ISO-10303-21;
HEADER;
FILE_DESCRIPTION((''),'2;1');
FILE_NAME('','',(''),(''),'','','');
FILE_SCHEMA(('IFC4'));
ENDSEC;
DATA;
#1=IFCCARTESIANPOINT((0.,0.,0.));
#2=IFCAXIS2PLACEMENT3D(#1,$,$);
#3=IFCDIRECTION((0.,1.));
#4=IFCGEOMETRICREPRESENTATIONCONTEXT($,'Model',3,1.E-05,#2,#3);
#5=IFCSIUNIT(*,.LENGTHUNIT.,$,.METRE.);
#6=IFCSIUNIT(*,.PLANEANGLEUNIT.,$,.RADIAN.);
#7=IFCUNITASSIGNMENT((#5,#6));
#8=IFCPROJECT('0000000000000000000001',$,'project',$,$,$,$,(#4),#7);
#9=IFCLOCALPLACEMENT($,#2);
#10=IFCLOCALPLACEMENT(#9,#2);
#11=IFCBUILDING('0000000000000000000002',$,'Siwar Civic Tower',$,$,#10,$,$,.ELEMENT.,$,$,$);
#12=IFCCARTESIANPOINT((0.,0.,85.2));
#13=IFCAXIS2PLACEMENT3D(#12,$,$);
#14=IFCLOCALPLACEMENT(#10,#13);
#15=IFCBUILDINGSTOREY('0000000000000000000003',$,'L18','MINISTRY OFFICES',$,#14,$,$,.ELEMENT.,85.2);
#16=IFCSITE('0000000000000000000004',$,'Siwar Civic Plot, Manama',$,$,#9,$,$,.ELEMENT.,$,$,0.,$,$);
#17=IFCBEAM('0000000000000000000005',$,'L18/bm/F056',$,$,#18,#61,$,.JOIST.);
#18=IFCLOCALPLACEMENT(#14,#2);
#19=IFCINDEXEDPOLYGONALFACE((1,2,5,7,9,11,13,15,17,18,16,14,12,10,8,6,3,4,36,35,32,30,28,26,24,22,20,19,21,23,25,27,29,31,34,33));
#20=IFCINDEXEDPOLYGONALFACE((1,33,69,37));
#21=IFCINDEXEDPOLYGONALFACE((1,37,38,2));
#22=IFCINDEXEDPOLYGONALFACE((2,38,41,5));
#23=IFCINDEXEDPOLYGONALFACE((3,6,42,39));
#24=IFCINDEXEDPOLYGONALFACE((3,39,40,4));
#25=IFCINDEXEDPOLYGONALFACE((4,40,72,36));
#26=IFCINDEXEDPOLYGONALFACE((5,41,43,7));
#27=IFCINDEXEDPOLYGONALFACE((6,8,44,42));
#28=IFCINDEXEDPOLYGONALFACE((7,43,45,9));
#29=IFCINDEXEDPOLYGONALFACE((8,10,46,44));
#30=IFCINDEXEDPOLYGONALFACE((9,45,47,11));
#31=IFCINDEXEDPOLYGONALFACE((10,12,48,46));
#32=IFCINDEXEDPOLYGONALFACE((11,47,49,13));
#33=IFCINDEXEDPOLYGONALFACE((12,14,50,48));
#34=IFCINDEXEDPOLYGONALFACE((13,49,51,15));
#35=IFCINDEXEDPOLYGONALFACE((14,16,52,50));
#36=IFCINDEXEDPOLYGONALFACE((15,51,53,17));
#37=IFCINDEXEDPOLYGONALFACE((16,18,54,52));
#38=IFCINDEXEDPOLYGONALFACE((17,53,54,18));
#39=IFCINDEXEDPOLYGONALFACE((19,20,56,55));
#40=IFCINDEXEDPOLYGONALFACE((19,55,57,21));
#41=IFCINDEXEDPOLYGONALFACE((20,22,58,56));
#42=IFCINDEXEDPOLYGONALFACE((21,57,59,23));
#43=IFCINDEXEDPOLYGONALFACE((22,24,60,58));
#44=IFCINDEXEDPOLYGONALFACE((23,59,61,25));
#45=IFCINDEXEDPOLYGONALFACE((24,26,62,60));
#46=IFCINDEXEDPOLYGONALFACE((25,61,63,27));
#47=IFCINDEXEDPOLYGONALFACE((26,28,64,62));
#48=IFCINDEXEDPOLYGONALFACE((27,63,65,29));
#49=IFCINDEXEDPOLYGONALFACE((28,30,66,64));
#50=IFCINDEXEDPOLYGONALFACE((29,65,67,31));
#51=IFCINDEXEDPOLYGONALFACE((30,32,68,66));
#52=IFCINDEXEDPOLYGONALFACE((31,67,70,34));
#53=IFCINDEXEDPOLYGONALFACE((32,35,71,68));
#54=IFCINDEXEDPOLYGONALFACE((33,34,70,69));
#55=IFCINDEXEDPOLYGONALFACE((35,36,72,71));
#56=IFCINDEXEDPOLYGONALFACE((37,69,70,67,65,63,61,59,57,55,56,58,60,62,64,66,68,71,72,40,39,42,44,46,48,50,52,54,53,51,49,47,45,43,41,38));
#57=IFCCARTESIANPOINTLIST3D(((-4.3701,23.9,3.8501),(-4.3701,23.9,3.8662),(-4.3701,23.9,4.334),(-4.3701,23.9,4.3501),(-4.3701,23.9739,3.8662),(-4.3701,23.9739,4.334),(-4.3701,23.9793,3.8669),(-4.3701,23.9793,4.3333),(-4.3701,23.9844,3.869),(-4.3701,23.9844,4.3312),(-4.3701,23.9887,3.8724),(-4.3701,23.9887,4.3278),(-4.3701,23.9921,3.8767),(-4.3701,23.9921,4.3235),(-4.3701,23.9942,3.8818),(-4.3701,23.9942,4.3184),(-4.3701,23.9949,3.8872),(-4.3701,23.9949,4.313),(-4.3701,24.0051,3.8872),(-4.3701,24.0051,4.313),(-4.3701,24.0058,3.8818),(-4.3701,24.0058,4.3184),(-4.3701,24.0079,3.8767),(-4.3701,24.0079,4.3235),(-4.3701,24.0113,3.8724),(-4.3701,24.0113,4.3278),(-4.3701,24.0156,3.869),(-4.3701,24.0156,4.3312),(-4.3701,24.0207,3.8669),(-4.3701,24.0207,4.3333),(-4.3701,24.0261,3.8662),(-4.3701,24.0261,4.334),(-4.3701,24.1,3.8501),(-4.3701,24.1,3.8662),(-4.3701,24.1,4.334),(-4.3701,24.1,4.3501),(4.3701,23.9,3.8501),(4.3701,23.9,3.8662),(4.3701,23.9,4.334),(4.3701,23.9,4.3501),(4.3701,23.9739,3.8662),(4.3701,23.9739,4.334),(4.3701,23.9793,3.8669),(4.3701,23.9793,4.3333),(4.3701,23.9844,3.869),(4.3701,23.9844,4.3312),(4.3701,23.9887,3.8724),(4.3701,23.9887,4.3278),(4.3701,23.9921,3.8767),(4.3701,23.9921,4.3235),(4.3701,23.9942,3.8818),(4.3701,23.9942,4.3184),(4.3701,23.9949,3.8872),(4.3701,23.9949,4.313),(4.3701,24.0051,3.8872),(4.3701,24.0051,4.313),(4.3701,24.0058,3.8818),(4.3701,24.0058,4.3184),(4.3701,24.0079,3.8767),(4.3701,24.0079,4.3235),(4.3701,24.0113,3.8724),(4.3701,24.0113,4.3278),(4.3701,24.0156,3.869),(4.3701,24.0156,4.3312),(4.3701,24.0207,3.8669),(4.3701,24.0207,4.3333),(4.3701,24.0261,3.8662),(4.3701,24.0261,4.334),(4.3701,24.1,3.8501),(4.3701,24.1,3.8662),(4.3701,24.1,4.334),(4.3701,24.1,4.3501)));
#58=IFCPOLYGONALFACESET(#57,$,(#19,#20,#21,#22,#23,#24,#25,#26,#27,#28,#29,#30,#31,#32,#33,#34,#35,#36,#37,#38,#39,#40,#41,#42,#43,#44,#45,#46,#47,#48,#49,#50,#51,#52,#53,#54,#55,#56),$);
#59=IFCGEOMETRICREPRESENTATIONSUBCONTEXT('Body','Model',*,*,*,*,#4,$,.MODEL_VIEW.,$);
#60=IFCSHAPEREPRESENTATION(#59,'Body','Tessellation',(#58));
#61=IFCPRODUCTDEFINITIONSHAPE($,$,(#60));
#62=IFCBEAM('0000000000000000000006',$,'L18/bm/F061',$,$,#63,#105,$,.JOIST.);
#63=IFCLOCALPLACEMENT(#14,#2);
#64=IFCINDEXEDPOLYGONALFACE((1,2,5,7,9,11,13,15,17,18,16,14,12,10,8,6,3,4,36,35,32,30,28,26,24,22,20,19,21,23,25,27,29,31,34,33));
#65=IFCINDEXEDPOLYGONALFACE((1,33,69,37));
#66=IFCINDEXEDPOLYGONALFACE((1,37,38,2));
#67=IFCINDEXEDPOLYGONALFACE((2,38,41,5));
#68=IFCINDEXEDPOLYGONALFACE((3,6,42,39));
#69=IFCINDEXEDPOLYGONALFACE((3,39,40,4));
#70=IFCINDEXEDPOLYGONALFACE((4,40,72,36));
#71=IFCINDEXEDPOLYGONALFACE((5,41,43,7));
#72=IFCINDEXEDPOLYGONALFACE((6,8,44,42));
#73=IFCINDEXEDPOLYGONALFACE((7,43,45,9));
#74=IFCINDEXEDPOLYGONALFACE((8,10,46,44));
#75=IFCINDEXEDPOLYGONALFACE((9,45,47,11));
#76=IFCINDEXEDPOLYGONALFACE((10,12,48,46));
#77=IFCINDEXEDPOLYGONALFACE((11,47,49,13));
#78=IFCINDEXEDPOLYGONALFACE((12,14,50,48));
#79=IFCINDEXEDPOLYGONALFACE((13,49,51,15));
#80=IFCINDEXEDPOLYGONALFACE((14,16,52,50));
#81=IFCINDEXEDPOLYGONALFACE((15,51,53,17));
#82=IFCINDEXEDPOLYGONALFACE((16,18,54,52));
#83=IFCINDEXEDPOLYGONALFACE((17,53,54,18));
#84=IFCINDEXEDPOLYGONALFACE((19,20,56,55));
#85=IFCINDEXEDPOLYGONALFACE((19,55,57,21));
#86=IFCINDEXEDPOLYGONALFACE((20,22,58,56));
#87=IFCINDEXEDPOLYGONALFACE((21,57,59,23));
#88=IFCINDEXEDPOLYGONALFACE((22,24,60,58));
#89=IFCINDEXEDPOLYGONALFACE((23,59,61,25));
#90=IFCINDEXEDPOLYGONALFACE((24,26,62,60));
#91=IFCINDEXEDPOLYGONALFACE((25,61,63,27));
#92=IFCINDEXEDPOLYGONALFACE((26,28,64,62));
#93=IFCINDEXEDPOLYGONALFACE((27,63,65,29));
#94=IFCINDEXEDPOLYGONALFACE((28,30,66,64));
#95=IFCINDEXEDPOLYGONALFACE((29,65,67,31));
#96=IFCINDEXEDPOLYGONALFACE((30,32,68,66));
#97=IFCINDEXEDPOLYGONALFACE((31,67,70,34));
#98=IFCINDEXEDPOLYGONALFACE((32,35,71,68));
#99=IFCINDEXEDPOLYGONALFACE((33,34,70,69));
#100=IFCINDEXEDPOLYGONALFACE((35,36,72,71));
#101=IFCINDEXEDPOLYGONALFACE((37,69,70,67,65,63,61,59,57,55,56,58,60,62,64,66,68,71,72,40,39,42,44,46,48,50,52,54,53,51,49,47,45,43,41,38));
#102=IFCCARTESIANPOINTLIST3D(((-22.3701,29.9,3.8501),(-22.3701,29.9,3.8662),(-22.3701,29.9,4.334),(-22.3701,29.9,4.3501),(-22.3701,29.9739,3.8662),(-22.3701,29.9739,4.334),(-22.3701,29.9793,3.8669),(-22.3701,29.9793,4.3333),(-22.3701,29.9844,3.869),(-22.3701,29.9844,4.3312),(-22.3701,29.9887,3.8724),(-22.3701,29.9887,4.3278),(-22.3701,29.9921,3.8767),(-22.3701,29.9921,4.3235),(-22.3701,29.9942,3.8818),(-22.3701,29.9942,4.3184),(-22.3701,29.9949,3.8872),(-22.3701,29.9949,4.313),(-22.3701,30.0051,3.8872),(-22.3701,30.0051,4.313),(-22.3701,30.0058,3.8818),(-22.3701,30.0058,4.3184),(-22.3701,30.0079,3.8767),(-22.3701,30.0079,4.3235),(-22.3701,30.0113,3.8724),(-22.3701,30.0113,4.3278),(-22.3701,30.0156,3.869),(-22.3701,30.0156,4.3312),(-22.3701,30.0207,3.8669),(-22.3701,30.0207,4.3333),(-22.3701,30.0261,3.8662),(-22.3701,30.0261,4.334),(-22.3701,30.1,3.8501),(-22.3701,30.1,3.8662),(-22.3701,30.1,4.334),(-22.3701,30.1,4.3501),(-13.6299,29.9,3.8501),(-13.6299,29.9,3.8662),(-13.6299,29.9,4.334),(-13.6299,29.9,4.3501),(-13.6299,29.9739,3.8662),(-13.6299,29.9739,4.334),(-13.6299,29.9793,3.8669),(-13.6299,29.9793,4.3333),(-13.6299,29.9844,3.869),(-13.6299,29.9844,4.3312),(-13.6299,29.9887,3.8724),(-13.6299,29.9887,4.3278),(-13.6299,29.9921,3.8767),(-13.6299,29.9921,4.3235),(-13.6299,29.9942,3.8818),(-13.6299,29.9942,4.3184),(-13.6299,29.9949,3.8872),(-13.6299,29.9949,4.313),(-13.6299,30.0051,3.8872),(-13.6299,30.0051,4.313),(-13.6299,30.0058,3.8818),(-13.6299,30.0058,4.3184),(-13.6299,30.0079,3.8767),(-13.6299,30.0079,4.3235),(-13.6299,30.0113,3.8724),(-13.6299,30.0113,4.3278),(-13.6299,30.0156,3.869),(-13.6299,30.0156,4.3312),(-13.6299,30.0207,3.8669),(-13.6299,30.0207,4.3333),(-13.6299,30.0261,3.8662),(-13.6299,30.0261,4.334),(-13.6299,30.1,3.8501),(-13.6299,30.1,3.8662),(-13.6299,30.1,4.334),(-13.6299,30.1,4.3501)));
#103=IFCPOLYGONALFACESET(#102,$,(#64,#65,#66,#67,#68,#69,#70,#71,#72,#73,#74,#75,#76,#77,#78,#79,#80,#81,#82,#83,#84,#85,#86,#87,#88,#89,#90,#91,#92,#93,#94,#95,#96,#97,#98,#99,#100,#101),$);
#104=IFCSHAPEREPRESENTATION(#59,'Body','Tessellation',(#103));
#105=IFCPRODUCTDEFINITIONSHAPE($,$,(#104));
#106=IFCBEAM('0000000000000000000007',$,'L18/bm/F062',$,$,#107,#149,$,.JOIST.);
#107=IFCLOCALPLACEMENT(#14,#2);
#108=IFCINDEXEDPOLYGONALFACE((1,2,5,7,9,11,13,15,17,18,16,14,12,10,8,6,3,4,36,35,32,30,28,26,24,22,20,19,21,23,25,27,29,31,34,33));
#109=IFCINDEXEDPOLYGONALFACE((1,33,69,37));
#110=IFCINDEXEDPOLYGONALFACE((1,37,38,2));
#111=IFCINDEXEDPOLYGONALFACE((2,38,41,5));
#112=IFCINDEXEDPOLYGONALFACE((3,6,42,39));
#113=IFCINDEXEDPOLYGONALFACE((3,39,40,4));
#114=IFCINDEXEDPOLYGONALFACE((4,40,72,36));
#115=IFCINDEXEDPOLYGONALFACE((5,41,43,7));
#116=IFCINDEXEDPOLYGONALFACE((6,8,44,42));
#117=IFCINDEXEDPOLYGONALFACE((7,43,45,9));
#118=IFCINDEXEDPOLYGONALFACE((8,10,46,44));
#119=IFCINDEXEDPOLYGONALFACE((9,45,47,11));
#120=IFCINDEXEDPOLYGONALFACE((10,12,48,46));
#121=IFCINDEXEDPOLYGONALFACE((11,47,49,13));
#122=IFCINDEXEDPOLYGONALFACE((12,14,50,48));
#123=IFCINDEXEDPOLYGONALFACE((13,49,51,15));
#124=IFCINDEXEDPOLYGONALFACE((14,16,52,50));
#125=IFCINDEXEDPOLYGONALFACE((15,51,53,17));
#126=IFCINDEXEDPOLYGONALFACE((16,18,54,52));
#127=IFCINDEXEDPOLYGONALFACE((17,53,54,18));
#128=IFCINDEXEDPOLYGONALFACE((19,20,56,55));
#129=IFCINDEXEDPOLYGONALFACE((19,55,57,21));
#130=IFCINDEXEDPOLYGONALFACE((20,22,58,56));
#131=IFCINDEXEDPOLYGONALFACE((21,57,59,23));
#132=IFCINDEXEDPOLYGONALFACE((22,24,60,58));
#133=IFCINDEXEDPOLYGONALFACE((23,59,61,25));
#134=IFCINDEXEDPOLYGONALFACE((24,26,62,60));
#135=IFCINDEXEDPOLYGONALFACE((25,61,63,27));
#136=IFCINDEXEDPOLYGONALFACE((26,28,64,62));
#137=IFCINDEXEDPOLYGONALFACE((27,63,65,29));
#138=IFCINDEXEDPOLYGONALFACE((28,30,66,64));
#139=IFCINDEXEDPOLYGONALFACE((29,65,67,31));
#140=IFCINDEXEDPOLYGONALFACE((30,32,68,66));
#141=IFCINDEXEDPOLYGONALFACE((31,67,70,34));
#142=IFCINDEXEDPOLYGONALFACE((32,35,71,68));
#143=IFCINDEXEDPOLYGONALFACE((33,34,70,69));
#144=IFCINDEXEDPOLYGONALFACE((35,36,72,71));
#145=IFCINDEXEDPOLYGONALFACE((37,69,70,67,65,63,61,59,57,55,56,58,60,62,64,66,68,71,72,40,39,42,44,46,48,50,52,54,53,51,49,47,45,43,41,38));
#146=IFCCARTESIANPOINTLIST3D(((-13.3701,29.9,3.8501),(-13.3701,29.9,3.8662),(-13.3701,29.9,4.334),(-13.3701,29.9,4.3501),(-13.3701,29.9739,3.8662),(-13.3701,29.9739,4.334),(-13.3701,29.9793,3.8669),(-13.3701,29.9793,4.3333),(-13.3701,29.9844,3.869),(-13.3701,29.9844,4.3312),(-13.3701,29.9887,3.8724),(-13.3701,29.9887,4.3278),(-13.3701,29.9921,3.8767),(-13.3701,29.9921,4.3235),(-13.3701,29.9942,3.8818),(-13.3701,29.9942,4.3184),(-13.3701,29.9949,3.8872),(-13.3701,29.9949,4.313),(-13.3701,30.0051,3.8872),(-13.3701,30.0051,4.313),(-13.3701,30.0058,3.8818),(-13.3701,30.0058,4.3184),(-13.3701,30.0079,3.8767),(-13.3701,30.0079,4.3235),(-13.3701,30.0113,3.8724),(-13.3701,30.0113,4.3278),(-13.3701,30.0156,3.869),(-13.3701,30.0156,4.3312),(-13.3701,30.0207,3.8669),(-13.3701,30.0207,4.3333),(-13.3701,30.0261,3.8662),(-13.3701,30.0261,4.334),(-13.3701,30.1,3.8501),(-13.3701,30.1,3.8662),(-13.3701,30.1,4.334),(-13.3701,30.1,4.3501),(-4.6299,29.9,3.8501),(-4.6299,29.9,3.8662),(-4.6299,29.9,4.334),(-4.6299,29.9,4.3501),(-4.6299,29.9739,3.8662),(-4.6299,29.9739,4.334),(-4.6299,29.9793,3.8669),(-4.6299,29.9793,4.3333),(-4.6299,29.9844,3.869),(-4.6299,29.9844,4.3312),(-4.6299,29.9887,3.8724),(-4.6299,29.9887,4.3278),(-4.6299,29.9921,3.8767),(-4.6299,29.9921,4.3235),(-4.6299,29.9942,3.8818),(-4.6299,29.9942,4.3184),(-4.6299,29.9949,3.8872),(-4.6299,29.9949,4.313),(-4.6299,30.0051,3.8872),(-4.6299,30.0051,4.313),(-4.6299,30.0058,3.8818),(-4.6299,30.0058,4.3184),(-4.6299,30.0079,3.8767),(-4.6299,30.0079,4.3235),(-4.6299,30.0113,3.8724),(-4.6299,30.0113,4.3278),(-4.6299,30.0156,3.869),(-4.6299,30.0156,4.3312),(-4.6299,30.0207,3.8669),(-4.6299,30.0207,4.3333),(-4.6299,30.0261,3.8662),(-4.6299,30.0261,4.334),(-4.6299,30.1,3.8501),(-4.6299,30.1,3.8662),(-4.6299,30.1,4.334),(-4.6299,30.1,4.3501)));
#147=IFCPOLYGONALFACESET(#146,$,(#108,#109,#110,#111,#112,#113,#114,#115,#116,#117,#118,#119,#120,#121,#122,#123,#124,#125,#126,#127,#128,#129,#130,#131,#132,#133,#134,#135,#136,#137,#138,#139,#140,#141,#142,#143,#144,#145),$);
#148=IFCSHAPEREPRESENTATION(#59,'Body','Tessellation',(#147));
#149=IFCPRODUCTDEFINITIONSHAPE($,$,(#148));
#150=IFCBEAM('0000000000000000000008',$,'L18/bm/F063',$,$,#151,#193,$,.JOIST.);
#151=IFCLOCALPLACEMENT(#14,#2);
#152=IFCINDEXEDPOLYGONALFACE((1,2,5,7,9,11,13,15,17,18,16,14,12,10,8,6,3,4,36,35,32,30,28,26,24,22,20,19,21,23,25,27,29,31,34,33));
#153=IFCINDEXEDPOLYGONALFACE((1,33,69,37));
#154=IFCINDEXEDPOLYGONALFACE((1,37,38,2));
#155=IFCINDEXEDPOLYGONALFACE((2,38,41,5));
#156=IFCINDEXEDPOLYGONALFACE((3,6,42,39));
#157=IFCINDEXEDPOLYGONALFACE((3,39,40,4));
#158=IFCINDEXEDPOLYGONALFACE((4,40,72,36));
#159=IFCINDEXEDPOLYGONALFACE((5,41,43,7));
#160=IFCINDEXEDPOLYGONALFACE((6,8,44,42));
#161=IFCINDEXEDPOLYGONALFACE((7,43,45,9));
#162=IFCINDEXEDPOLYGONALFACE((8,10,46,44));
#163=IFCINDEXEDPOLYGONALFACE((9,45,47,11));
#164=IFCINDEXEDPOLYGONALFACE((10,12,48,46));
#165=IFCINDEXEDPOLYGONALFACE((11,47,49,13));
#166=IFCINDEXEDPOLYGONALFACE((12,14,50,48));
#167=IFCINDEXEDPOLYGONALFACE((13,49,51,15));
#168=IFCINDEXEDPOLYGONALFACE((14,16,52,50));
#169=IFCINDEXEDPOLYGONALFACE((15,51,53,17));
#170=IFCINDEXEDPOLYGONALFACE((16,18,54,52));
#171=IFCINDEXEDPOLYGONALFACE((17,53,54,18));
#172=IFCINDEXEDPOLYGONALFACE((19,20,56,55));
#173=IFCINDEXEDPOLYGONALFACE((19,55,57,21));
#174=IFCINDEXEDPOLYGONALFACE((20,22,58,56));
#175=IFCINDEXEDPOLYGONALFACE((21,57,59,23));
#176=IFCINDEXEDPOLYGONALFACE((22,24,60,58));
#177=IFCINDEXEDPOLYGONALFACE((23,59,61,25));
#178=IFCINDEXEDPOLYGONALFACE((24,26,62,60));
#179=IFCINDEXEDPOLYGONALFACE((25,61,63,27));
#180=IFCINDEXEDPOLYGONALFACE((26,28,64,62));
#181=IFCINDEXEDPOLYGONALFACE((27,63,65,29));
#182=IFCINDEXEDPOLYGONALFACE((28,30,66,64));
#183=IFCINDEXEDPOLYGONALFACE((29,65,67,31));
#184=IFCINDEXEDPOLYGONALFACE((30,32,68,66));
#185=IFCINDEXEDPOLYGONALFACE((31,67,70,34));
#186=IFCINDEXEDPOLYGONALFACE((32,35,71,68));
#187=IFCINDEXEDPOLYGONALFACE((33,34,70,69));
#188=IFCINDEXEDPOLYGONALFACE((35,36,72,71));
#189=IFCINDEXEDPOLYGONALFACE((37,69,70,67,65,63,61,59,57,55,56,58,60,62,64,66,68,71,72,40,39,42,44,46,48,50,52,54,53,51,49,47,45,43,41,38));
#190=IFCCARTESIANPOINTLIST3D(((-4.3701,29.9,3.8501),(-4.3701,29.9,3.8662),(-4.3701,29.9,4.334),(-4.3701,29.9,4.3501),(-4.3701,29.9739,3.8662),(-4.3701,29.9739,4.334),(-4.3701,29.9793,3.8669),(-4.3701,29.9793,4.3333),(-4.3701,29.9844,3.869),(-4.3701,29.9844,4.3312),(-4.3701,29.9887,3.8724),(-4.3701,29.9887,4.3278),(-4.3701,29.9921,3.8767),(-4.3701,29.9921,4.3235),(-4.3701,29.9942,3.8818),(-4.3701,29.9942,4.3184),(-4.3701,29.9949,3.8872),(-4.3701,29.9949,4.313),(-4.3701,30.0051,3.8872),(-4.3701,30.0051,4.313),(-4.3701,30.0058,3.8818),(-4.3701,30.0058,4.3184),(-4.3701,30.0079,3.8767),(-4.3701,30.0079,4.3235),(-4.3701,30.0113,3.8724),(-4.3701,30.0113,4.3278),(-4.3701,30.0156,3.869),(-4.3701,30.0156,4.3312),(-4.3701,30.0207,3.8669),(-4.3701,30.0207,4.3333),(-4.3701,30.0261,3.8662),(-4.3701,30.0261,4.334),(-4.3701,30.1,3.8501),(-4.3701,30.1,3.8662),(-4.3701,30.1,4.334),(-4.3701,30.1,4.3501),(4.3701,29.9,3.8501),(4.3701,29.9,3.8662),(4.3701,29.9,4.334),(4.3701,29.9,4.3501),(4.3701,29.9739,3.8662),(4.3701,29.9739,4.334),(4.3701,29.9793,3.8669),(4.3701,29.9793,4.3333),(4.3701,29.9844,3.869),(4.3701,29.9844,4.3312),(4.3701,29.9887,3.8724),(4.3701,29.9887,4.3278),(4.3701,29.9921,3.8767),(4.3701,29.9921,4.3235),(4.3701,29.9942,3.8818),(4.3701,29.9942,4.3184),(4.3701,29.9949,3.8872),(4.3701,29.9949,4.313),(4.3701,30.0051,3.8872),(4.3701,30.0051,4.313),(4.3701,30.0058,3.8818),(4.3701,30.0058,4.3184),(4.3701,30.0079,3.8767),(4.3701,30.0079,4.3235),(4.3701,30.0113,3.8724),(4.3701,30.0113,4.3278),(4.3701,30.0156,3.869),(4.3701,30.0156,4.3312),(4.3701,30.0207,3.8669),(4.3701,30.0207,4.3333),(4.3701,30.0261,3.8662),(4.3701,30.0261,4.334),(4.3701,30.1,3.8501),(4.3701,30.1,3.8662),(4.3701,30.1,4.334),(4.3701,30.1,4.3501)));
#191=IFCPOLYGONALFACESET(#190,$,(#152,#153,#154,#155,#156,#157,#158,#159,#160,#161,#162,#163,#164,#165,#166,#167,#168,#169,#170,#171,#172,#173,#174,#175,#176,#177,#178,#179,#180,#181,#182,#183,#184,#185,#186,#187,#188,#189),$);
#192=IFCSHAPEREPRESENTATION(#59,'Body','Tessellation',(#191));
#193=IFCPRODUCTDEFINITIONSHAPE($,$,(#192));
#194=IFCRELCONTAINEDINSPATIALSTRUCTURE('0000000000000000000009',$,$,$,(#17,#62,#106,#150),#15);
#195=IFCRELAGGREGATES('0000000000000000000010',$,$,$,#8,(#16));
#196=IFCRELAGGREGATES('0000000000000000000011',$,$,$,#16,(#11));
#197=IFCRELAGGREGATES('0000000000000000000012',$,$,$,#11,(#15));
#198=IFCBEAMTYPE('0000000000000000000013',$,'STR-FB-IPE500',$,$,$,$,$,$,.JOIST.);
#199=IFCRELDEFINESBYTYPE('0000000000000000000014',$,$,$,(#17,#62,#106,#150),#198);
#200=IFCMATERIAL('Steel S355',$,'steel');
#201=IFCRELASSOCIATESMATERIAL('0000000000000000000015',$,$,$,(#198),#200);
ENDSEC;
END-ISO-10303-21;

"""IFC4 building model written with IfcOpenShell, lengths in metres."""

from ifc_helpers import new_model, si_unit, direction, frame, origin, origin_2d, place, context, subcontext, project, spatial, i_section, extrude, material, material_profile, profile_set, type_object, element, save


model = new_model("IFC4")

# Units and contexts
model_context = context("Model", 3, precision=1e-05, world=origin(), true_north=direction((0.0, 1.0)))
body_context = subcontext(model_context, "Body", "Model", "MODEL_VIEW")
ifc_project = project(units=[si_unit("LENGTHUNIT", "METRE"), si_unit("PLANEANGLEUNIT", "RADIAN")], contexts=[model_context])

# Site, building, storey
site_placement = place(None, origin())
site = spatial("IfcSite", under=ifc_project, at=site_placement, Name="Siwar Civic Plot, Manama", CompositionType="ELEMENT", RefElevation=0.0)
building_placement = place(site_placement, origin())
building = spatial("IfcBuilding", under=site, at=building_placement, Name="Siwar Civic Tower", CompositionType="ELEMENT")
storey_placement = place(building_placement, frame((0.0, 0.0, 85.2)))
storey = spatial("IfcBuildingStorey", under=building, at=storey_placement, Name="L18", Description="MINISTRY OFFICES", CompositionType="ELEMENT", Elevation=85.2)

# Beams
ifc_material_1 = material(Name="Steel S355", Category="steel")
ifc_material_profile_1 = material_profile(ifc_material_1, i_section(OverallWidth=0.2, OverallDepth=0.5, WebThickness=0.0103, FlangeThickness=0.0161, FilletRadius=0.021, at=origin_2d()), Name="IPE500")
ifc_profile_set_1 = profile_set([ifc_material_profile_1], Name="Steel S355")
beam_type_1 = type_object("IfcBeamType", Name="STR-FB-IPE500", PredefinedType="JOIST", material=ifc_profile_set_1)
for number, where, z_axis, x_axis, name in (
    (1, (-4.3701, 24.0, 4.1001), (1.0, 0.0, 0.0), (0.0, 1.0, 0.0), "L18/bm/F056"),
    (2, (-22.3701, 30.0, 4.1001), (1.0, 0.0, 0.0), (0.0, 1.0, 0.0), "L18/bm/F061"),
    (3, (-13.3701, 30.0, 4.1001), (1.0, 0.0, 0.0), (0.0, 1.0, 0.0), "L18/bm/F062"),
    (4, (-4.3701, 30.0, 4.1001), (1.0, 0.0, 0.0), (0.0, 1.0, 0.0), "L18/bm/F063"),
):
    element("IfcBeam", number, at=place(storey_placement, frame(where, z_axis=z_axis, x_axis=x_axis)), inside=storey, type_object=beam_type_1, Name=name, PredefinedType="JOIST", context=body_context, shape_type="SweptSolid", body=[
        extrude(i_section(OverallWidth=0.2, OverallDepth=0.5, WebThickness=0.0103, FlangeThickness=0.0161, FilletRadius=0.021, at=origin_2d()), origin(), (0.0, 0.0, 1.0), 8.7402),
    ])

save(model, "model.ifc")
